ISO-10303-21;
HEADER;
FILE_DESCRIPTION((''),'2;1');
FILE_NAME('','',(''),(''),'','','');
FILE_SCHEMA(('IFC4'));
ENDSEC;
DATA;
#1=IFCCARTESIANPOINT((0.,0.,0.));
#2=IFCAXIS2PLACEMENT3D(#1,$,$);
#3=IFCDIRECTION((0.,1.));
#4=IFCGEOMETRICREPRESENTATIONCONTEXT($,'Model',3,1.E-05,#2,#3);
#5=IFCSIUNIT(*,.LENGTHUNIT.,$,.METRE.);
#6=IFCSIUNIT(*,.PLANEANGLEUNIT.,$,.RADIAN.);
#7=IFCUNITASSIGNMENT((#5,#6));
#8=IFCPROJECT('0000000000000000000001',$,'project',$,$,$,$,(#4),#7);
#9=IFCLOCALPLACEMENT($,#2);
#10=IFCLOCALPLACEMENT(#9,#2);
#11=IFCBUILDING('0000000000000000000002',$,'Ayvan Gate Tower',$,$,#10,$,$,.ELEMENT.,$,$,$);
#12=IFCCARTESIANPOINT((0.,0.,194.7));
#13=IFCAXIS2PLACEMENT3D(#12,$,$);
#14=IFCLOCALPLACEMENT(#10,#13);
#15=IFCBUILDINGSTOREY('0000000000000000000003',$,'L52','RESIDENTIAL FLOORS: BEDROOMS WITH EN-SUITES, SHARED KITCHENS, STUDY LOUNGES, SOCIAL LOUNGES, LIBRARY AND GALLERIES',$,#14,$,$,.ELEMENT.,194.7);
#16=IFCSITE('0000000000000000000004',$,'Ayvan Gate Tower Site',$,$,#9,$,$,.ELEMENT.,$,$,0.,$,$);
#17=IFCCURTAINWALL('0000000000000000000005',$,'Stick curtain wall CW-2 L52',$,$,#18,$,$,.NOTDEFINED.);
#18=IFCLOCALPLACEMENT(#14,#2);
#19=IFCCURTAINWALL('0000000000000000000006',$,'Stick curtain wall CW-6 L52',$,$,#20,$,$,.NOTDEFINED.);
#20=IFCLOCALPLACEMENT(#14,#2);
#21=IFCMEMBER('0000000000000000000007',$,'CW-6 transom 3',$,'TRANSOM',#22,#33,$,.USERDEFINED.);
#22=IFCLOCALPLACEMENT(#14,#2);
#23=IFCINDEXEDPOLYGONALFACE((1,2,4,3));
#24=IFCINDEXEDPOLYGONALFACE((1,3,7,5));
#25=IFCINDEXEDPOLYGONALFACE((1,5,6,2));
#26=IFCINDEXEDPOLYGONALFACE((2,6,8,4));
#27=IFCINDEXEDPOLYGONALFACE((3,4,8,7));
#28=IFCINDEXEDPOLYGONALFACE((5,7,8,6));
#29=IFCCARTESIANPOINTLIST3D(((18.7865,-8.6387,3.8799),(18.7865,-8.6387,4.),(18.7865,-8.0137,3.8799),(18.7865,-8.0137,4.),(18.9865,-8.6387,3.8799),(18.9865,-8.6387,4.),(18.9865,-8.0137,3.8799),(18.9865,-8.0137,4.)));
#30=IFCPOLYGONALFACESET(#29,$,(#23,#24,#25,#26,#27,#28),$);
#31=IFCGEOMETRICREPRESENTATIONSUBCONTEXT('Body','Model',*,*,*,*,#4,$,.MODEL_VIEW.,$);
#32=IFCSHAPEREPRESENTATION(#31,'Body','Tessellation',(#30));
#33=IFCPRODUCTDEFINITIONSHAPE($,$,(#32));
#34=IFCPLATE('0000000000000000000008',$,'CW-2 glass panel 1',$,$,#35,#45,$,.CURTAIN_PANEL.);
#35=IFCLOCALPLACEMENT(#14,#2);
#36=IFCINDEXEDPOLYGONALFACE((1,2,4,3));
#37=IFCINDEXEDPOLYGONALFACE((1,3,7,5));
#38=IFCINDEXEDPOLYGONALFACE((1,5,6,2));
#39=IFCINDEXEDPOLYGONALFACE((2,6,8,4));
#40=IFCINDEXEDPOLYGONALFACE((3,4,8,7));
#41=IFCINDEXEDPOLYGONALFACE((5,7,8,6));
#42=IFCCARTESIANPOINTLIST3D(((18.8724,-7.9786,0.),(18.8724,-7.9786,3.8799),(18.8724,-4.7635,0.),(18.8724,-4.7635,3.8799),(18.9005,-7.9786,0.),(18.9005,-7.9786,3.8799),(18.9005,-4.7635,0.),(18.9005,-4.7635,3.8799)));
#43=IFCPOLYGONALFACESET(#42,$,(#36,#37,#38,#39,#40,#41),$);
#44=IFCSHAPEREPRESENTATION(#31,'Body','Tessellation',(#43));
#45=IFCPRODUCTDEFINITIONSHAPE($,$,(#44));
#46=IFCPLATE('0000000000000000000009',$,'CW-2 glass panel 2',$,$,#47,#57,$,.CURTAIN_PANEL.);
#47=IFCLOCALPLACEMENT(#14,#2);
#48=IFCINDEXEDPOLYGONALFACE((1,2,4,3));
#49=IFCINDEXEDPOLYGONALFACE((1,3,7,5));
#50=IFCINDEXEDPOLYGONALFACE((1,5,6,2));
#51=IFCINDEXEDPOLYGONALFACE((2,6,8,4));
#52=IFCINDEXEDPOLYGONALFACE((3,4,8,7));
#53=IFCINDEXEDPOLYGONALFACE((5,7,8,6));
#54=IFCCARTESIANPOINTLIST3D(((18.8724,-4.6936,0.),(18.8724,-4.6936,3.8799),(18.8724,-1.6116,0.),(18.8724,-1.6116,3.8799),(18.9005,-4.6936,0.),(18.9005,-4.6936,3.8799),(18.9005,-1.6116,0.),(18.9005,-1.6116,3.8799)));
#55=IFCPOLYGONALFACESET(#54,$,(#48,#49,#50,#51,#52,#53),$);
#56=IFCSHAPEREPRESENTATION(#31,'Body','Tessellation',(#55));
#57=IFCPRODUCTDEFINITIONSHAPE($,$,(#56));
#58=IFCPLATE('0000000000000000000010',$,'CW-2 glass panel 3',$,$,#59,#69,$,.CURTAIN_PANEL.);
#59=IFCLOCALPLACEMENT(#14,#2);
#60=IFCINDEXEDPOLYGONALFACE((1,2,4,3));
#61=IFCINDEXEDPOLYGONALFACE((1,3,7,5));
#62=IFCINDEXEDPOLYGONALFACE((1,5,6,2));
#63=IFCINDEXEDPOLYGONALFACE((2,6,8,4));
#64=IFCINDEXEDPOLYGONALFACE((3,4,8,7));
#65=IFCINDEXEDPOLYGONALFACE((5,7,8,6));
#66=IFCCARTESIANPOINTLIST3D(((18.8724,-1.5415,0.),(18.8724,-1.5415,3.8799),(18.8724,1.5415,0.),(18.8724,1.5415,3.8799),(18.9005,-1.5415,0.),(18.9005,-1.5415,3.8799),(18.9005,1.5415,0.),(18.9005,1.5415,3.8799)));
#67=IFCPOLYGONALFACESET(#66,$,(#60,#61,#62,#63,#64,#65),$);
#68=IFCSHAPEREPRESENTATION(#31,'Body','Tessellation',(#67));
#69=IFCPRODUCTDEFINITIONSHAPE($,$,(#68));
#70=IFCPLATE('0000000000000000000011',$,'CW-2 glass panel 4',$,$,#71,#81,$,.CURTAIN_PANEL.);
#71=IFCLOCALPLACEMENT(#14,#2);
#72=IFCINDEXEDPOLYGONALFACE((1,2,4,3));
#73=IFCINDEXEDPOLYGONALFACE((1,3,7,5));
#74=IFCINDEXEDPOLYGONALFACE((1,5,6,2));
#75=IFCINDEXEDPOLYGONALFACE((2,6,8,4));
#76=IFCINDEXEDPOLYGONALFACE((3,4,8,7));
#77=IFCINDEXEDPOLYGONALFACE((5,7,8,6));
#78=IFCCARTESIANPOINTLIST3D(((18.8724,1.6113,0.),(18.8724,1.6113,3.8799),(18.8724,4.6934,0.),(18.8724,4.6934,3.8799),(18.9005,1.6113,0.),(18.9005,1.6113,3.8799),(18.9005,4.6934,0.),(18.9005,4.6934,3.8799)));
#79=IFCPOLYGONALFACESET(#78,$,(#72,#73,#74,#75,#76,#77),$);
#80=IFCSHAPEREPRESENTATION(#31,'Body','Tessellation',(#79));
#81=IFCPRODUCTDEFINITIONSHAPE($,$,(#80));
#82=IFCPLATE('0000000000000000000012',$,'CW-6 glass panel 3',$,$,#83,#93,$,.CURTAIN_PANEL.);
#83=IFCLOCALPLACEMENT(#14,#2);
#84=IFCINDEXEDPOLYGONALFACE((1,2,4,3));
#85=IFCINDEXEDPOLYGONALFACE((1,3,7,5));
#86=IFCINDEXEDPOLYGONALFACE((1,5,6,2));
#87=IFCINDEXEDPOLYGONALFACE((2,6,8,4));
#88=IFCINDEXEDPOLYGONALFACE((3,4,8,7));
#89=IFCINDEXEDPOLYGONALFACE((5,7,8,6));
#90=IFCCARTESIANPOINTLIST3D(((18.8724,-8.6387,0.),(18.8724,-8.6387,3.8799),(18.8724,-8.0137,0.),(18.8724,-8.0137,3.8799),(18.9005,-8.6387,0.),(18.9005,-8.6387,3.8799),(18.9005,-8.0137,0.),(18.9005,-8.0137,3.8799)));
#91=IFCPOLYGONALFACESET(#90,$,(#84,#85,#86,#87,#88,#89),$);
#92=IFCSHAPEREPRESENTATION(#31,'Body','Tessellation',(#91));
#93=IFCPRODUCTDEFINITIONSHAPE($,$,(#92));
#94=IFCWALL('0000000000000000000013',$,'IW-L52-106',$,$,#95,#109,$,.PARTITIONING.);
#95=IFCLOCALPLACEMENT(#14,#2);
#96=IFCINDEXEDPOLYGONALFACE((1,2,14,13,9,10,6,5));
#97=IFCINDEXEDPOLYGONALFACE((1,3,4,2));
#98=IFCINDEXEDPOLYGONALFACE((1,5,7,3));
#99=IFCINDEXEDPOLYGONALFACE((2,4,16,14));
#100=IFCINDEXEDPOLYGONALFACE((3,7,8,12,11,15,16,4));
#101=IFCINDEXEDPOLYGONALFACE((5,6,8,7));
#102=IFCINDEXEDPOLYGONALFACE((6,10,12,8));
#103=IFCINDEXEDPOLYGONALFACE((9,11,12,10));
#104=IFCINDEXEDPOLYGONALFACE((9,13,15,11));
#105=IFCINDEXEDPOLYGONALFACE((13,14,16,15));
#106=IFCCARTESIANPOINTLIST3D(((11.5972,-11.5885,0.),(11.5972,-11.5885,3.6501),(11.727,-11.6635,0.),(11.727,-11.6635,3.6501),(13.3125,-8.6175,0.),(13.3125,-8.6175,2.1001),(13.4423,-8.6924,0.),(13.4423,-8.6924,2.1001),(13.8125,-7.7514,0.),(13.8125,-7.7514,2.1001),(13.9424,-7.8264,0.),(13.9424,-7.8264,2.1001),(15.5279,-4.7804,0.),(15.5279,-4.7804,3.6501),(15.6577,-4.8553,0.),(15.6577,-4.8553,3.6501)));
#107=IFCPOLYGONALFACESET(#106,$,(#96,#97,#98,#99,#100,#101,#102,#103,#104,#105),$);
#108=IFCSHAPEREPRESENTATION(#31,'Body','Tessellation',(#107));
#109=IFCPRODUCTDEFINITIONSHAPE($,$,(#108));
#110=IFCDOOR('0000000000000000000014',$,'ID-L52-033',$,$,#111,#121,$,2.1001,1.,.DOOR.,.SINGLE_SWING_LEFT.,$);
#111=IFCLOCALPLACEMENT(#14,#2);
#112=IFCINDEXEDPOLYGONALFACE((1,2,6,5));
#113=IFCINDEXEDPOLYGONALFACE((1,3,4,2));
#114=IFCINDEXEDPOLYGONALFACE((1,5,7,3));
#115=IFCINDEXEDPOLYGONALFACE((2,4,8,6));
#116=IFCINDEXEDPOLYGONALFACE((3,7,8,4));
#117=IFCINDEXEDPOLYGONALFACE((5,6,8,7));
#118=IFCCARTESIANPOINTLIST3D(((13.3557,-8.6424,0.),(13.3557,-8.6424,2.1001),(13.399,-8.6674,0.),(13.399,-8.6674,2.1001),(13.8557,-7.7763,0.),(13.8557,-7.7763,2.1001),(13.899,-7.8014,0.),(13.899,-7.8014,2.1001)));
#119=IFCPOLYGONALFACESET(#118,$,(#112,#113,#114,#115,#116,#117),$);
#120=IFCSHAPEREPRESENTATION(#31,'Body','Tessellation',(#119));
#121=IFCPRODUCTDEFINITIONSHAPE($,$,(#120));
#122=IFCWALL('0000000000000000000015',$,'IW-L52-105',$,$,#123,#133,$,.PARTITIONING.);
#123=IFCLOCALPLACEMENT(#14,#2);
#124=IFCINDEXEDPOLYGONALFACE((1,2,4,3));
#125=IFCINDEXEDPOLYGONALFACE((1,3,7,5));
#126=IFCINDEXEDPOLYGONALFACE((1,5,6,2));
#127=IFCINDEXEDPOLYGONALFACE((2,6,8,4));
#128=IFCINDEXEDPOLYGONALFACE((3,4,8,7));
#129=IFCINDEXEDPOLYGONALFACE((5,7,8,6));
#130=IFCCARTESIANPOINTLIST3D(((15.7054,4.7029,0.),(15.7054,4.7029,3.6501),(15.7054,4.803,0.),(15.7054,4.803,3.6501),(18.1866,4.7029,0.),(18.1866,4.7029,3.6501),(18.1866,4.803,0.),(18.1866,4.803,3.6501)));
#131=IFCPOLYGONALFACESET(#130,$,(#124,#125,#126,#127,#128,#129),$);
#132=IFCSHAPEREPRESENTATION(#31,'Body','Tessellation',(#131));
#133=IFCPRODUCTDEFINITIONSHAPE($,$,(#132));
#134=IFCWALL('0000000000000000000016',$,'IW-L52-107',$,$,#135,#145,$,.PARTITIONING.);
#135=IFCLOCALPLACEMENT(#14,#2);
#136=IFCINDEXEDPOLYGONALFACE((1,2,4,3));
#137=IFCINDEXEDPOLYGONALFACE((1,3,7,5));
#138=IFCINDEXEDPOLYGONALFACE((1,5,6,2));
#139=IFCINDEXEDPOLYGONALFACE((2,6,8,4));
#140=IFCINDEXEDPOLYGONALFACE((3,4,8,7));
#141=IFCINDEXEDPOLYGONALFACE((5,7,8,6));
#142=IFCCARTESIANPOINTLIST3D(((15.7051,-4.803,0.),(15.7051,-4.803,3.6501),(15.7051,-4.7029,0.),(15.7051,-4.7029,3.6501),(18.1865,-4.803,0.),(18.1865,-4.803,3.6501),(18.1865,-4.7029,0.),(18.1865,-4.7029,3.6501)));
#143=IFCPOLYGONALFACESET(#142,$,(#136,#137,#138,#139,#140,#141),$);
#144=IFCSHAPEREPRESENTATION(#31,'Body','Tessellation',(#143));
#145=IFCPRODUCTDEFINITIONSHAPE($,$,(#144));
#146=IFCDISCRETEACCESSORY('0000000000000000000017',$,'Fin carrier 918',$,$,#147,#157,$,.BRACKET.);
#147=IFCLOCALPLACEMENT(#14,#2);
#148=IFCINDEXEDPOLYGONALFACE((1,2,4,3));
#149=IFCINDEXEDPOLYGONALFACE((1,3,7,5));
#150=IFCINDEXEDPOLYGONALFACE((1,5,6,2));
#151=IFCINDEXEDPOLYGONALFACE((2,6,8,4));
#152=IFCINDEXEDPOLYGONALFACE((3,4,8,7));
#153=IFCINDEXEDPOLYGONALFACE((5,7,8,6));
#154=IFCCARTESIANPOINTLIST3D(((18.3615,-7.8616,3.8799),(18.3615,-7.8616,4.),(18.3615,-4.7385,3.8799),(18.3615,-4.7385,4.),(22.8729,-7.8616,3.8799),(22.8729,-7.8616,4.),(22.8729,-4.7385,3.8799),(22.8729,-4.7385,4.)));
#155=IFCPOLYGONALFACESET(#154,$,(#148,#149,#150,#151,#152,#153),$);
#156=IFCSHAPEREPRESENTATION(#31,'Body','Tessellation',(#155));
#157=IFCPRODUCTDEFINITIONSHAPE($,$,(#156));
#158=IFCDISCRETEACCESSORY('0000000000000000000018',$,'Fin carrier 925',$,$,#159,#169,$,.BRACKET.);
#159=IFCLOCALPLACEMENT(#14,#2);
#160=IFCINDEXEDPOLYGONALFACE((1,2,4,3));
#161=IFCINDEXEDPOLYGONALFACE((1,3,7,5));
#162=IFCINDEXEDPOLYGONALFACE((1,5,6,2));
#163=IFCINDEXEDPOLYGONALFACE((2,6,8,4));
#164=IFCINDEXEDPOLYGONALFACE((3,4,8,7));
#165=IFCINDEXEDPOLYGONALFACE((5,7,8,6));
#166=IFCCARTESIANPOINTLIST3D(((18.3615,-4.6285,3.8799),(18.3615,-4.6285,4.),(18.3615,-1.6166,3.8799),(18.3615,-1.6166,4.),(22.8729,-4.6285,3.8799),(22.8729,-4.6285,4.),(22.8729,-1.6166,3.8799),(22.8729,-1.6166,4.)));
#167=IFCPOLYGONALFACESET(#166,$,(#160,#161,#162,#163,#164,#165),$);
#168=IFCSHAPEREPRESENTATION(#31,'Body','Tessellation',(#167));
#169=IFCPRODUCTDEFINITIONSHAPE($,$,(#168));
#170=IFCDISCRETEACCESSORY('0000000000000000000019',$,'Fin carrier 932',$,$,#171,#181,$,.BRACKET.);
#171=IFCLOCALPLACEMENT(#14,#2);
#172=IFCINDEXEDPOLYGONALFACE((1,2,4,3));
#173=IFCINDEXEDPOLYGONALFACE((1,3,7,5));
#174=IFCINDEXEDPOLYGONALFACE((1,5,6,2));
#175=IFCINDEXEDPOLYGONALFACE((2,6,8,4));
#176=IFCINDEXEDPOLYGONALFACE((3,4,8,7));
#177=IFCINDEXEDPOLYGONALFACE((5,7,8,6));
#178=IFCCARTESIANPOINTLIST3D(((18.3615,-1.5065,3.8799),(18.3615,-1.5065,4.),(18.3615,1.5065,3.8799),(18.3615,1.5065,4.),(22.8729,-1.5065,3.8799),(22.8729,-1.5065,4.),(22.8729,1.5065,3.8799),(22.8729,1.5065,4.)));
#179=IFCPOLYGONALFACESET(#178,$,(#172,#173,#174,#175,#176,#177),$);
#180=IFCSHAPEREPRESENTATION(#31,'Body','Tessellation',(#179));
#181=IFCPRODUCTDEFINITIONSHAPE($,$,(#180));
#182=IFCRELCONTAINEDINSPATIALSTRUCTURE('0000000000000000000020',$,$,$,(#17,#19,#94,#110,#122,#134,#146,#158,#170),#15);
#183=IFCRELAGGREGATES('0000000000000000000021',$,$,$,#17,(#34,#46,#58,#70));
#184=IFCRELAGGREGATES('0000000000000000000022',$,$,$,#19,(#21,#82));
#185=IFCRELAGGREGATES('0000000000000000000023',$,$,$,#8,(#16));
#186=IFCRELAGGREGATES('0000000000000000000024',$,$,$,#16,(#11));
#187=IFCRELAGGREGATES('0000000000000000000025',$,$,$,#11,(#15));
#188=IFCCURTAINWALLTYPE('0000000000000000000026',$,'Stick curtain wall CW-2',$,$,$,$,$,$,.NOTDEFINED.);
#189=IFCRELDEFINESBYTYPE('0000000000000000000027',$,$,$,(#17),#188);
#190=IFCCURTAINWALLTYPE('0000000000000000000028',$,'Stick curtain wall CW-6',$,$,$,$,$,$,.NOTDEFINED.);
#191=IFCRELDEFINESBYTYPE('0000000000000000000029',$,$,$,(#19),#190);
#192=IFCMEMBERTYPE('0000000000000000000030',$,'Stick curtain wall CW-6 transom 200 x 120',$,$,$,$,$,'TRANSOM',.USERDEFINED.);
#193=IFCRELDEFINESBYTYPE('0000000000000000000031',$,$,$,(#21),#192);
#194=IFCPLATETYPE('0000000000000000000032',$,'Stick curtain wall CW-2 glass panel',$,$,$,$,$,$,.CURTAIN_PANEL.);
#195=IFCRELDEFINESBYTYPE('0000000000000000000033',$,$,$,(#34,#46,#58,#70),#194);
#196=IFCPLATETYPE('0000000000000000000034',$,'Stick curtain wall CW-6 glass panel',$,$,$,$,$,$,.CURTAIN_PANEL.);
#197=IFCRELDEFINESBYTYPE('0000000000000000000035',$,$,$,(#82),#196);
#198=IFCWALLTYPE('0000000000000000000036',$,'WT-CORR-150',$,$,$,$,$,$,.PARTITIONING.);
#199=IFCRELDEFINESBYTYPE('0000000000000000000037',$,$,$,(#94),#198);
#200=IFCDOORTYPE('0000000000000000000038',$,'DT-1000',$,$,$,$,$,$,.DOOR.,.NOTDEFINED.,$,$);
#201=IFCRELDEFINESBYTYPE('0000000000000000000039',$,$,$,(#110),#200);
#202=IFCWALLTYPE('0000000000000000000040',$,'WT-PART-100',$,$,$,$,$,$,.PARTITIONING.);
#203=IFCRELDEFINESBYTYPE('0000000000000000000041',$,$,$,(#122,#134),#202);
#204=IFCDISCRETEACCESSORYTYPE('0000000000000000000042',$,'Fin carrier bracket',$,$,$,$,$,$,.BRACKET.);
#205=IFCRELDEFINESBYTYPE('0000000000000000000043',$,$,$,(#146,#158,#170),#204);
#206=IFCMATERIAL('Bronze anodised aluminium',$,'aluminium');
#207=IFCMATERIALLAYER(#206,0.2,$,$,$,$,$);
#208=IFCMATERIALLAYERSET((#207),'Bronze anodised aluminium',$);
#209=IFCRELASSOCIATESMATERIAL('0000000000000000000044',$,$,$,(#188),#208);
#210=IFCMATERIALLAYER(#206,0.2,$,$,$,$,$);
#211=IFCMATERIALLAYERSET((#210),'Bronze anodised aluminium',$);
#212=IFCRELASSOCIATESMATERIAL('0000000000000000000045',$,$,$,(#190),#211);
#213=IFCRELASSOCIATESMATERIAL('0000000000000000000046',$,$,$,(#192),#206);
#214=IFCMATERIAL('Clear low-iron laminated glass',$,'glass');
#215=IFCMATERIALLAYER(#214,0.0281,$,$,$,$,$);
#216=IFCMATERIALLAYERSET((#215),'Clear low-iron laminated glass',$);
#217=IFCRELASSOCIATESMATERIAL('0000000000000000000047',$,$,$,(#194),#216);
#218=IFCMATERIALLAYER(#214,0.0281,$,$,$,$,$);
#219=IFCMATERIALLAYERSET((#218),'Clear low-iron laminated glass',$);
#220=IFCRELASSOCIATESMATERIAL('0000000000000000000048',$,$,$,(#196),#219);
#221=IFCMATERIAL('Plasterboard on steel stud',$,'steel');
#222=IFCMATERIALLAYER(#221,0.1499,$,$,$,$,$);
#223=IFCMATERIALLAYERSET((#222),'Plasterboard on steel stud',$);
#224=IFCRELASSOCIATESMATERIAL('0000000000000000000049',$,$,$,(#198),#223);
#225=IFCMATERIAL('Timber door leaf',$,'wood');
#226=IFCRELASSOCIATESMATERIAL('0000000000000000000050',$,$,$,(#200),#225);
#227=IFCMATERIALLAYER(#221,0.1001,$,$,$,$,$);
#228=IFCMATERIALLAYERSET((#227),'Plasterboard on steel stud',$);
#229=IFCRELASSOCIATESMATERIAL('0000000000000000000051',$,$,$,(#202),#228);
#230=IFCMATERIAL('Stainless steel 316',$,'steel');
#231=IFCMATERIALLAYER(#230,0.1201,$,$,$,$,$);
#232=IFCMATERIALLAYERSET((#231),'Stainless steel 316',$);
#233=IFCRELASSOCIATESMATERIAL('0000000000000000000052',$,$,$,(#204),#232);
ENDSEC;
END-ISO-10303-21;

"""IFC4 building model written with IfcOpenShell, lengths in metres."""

from ifc_helpers import new_model, si_unit, direction, frame, frame_2d, origin, origin_2d, place, context, subcontext, project, spatial, rectangle, extrude, material, layer, layer_set, material_profile, profile_set, type_object, element, fill, aggregate, save


model = new_model("IFC4")

# Units and contexts
model_context = context("Model", 3, precision=1e-05, world=origin(), true_north=direction((0.0, 1.0)))
body_context = subcontext(model_context, "Body", "Model", "MODEL_VIEW")
ifc_project = project(units=[si_unit("LENGTHUNIT", "METRE"), si_unit("PLANEANGLEUNIT", "RADIAN")], contexts=[model_context])

# Site, building, storey
site_placement = place(None, origin())
site = spatial("IfcSite", under=ifc_project, at=site_placement, Name="Ayvan Gate Tower Site", CompositionType="ELEMENT", RefElevation=0.0)
building_placement = place(site_placement, origin())
building = spatial("IfcBuilding", under=site, at=building_placement, Name="Ayvan Gate Tower", CompositionType="ELEMENT")
storey_placement = place(building_placement, frame((0.0, 0.0, 194.7)))
storey = spatial("IfcBuildingStorey", under=building, at=storey_placement, Name="L52", Description="RESIDENTIAL FLOORS: BEDROOMS WITH EN-SUITES, SHARED KITCHENS, STUDY LOUNGES, SOCIAL LOUNGES, LIBRARY AND GALLERIES", CompositionType="ELEMENT", Elevation=194.7)

# Curtain walls, member
ifc_material_1 = material(Name="Bronze anodised aluminium", Category="aluminium")
ifc_layer_1 = layer(ifc_material_1, 0.2)
ifc_layer_set_1 = layer_set([ifc_layer_1], Name="Bronze anodised aluminium")
curtain_wall_type_1 = type_object("IfcCurtainWallType", Name="Stick curtain wall CW-2", PredefinedType="NOTDEFINED", material=ifc_layer_set_1)
curtain_wall_1_placement = place(storey_placement, origin())
curtain_wall_1 = element("IfcCurtainWall", 1, at=curtain_wall_1_placement, inside=storey, type_object=curtain_wall_type_1, Name="Stick curtain wall CW-2 L52", PredefinedType="NOTDEFINED")
ifc_layer_2 = layer(ifc_material_1, 0.2)
ifc_layer_set_2 = layer_set([ifc_layer_2], Name="Bronze anodised aluminium")
curtain_wall_type_2 = type_object("IfcCurtainWallType", Name="Stick curtain wall CW-6", PredefinedType="NOTDEFINED", material=ifc_layer_set_2)
curtain_wall_2_placement = place(storey_placement, origin())
curtain_wall_2 = element("IfcCurtainWall", 2, at=curtain_wall_2_placement, inside=storey, type_object=curtain_wall_type_2, Name="Stick curtain wall CW-6 L52", PredefinedType="NOTDEFINED")
ifc_material_profile_1 = material_profile(ifc_material_1, rectangle(XDim=0.2, YDim=0.1201, at=origin_2d()), Name="Stick curtain wall CW-6 transom 200 x 120")
ifc_profile_set_1 = profile_set([ifc_material_profile_1], Name="Bronze anodised aluminium")
member_type_1 = type_object("IfcMemberType", Name="Stick curtain wall CW-6 transom 200 x 120", ElementType="TRANSOM", PredefinedType="USERDEFINED", material=ifc_profile_set_1)
member_1_placement = place(storey_placement, frame((18.8865, -8.6387, 3.9399), z_axis=(0.0, 1.0, 0.0), x_axis=(-1.0, 0.0, 0.0)))
member_1 = element("IfcMember", 3, at=member_1_placement, type_object=member_type_1, Name="CW-6 transom 3", ObjectType="TRANSOM", PredefinedType="USERDEFINED", context=body_context, shape_type="SweptSolid", body=[
    extrude(rectangle(XDim=0.2, YDim=0.1201, at=origin_2d()), origin(), (0.0, 0.0, 1.0), 0.625),
])

# Plates
ifc_material_2 = material(Name="Clear low-iron laminated glass", Category="glass")
ifc_layer_3 = layer(ifc_material_2, 0.0281)
ifc_layer_set_3 = layer_set([ifc_layer_3], Name="Clear low-iron laminated glass")
plate_type_1 = type_object("IfcPlateType", Name="Stick curtain wall CW-2 glass panel", PredefinedType="CURTAIN_PANEL", material=ifc_layer_set_3)
plate_1_placement = place(storey_placement, frame((18.8865, -6.3711, 0.0), z_axis=(0.0, 0.0, 1.0), x_axis=(0.0, 1.0, 0.0)))
plate_1 = element("IfcPlate", 4, at=plate_1_placement, type_object=plate_type_1, Name="CW-2 glass panel 1", PredefinedType="CURTAIN_PANEL", context=body_context, shape_type="SweptSolid", body=[
    extrude(rectangle(XDim=3.2151, YDim=0.0281, at=origin_2d()), origin(), (0.0, 0.0, 1.0), 3.8799),
])
plate_2_placement = place(storey_placement, frame((18.8865, -3.1526, 0.0), z_axis=(0.0, 0.0, 1.0), x_axis=(0.0, 1.0, 0.0)))
plate_2 = element("IfcPlate", 5, at=plate_2_placement, type_object=plate_type_1, Name="CW-2 glass panel 2", PredefinedType="CURTAIN_PANEL", context=body_context, shape_type="SweptSolid", body=[
    extrude(rectangle(XDim=3.082, YDim=0.0281, at=origin_2d()), origin(), (0.0, 0.0, 1.0), 3.8799),
])
plate_3_placement = place(storey_placement, frame((18.8865, 0.0, 0.0), z_axis=(0.0, 0.0, 1.0), x_axis=(0.0, 1.0, 0.0)))
plate_3 = element("IfcPlate", 6, at=plate_3_placement, type_object=plate_type_1, Name="CW-2 glass panel 3", PredefinedType="CURTAIN_PANEL", context=body_context, shape_type="SweptSolid", body=[
    extrude(rectangle(XDim=3.083, YDim=0.0281, at=origin_2d()), origin(), (0.0, 0.0, 1.0), 3.8799),
])
plate_4_placement = place(storey_placement, frame((18.8865, 3.1523, 0.0), z_axis=(0.0, 0.0, 1.0), x_axis=(0.0, 1.0, 0.0)))
plate_4 = element("IfcPlate", 7, at=plate_4_placement, type_object=plate_type_1, Name="CW-2 glass panel 4", PredefinedType="CURTAIN_PANEL", context=body_context, shape_type="SweptSolid", body=[
    extrude(rectangle(XDim=3.082, YDim=0.0281, at=origin_2d()), origin(), (0.0, 0.0, 1.0), 3.8799),
])
aggregate(curtain_wall_1, [plate_1, plate_2, plate_3, plate_4])
ifc_layer_4 = layer(ifc_material_2, 0.0281)
ifc_layer_set_4 = layer_set([ifc_layer_4], Name="Clear low-iron laminated glass")
plate_type_2 = type_object("IfcPlateType", Name="Stick curtain wall CW-6 glass panel", PredefinedType="CURTAIN_PANEL", material=ifc_layer_set_4)
plate_5_placement = place(storey_placement, frame((18.8865, -8.3262, 0.0), z_axis=(0.0, 0.0, 1.0), x_axis=(0.0, 1.0, 0.0)))
plate_5 = element("IfcPlate", 8, at=plate_5_placement, type_object=plate_type_2, Name="CW-6 glass panel 3", PredefinedType="CURTAIN_PANEL", context=body_context, shape_type="SweptSolid", body=[
    extrude(rectangle(XDim=0.625, YDim=0.0281, at=origin_2d()), origin(), (0.0, 0.0, 1.0), 3.8799),
])
aggregate(curtain_wall_2, [member_1, plate_5])

# Wall, opening, door
ifc_material_3 = material(Name="Plasterboard on steel stud", Category="steel")
ifc_layer_5 = layer(ifc_material_3, 0.1499)
ifc_layer_set_5 = layer_set([ifc_layer_5], Name="Plasterboard on steel stud")
wall_type_1 = type_object("IfcWallType", Name="WT-CORR-150", PredefinedType="PARTITIONING", material=ifc_layer_set_5)
wall_1_placement = place(storey_placement, frame((15.5928, -4.8179, 0.0), z_axis=(0.0, 0.0, 1.0), x_axis=(-0.5, -0.866025, 0.0)))
wall_1 = element("IfcWall", 9, at=wall_1_placement, inside=storey, type_object=wall_type_1, Name="IW-L52-106", PredefinedType="PARTITIONING", context=body_context, shape_type="SweptSolid", body=[
    extrude(rectangle(XDim=7.8613, YDim=0.1499, at=frame_2d((3.9307, 0.0))), origin(), (0.0, 0.0, 1.0), 3.6501),
])
opening_placement = place(wall_1_placement, frame((3.4307, 0.0, 0.0)))
opening = element("IfcOpeningElement", 10, at=opening_placement, cuts=wall_1, PredefinedType="OPENING", context=body_context, shape_type="SweptSolid", body=[
    extrude(rectangle(XDim=1.0, YDim=2.1001, at=frame_2d((0.5, 1.05))), frame((0.0, 0.085, 0.0), z_axis=(0.0, -1.0, 0.0), x_axis=(1.0, 0.0, 0.0)), (0.0, 0.0, 1.0), 0.1699),
])
ifc_material_4 = material(Name="Timber door leaf", Category="wood")
door_type = type_object("IfcDoorType", Name="DT-1000", OperationType="NOTDEFINED", PredefinedType="DOOR", material=ifc_material_4)
door_placement = place(opening_placement, origin())
door = element("IfcDoor", 11, at=door_placement, inside=storey, type_object=door_type, Name="ID-L52-033", OperationType="SINGLE_SWING_LEFT", OverallHeight=2.1001, OverallWidth=1.0, PredefinedType="DOOR", context=body_context, shape_type="SweptSolid", body=[
    extrude(rectangle(XDim=1.0, YDim=2.1001, at=frame_2d((0.5, 1.05))), frame((0.0, 0.0249, 0.0), z_axis=(0.0, -1.0, 0.0), x_axis=(1.0, 0.0, 0.0)), (0.0, 0.0, 1.0), 0.05),
])
fill(opening, door)

# Walls
ifc_layer_6 = layer(ifc_material_3, 0.1001)
ifc_layer_set_6 = layer_set([ifc_layer_6], Name="Plasterboard on steel stud")
wall_type_2 = type_object("IfcWallType", Name="WT-PART-100", PredefinedType="PARTITIONING", material=ifc_layer_set_6)
wall_2_placement = place(storey_placement, frame((15.7053, 4.7529, 0.0), z_axis=(0.0, 0.0, 1.0), x_axis=(1.0, 0.0, 0.0)))
element("IfcWall", 12, at=wall_2_placement, inside=storey, type_object=wall_type_2, Name="IW-L52-105", PredefinedType="PARTITIONING", context=body_context, shape_type="SweptSolid", body=[
    extrude(rectangle(XDim=2.4812, YDim=0.1001, at=frame_2d((1.2407, 0.0))), origin(), (0.0, 0.0, 1.0), 3.6501),
])
wall_3_placement = place(storey_placement, frame((18.1865, -4.7529, 0.0), z_axis=(0.0, 0.0, 1.0), x_axis=(-1.0, 0.0, 0.0)))
element("IfcWall", 13, at=wall_3_placement, inside=storey, type_object=wall_type_2, Name="IW-L52-107", PredefinedType="PARTITIONING", context=body_context, shape_type="SweptSolid", body=[
    extrude(rectangle(XDim=2.4814, YDim=0.1001, at=frame_2d((1.2407, 0.0))), origin(), (0.0, 0.0, 1.0), 3.6501),
])

# Discrete accessories
ifc_material_5 = material(Name="Stainless steel 316", Category="steel")
ifc_layer_7 = layer(ifc_material_5, 0.1201)
ifc_layer_set_7 = layer_set([ifc_layer_7], Name="Stainless steel 316")
discrete_accessory_type = type_object("IfcDiscreteAccessoryType", Name="Fin carrier bracket", PredefinedType="BRACKET", material=ifc_layer_set_7)
discrete_accessory_1_placement = place(storey_placement, frame((20.6172, -6.3, 3.8799), z_axis=(0.0, 0.0, 1.0), x_axis=(0.0, 1.0, 0.0)))
element("IfcDiscreteAccessory", 14, at=discrete_accessory_1_placement, inside=storey, type_object=discrete_accessory_type, Name="Fin carrier 918", PredefinedType="BRACKET", context=body_context, shape_type="SweptSolid", body=[
    extrude(rectangle(XDim=3.123, YDim=4.5115, at=origin_2d()), origin(), (0.0, 0.0, 1.0), 0.1201),
])
discrete_accessory_2_placement = place(storey_placement, frame((20.6172, -3.1226, 3.8799), z_axis=(0.0, 0.0, 1.0), x_axis=(0.0, 1.0, 0.0)))
element("IfcDiscreteAccessory", 15, at=discrete_accessory_2_placement, inside=storey, type_object=discrete_accessory_type, Name="Fin carrier 925", PredefinedType="BRACKET", context=body_context, shape_type="SweptSolid", body=[
    extrude(rectangle(XDim=3.012, YDim=4.5115, at=origin_2d()), origin(), (0.0, 0.0, 1.0), 0.1201),
])
discrete_accessory_3_placement = place(storey_placement, frame((20.6172, 0.0, 3.8799), z_axis=(0.0, 0.0, 1.0), x_axis=(0.0, 1.0, 0.0)))
element("IfcDiscreteAccessory", 16, at=discrete_accessory_3_placement, inside=storey, type_object=discrete_accessory_type, Name="Fin carrier 932", PredefinedType="BRACKET", context=body_context, shape_type="SweptSolid", body=[
    extrude(rectangle(XDim=3.0129, YDim=4.5115, at=origin_2d()), origin(), (0.0, 0.0, 1.0), 0.1201),
])

save(model, "model.ifc")
